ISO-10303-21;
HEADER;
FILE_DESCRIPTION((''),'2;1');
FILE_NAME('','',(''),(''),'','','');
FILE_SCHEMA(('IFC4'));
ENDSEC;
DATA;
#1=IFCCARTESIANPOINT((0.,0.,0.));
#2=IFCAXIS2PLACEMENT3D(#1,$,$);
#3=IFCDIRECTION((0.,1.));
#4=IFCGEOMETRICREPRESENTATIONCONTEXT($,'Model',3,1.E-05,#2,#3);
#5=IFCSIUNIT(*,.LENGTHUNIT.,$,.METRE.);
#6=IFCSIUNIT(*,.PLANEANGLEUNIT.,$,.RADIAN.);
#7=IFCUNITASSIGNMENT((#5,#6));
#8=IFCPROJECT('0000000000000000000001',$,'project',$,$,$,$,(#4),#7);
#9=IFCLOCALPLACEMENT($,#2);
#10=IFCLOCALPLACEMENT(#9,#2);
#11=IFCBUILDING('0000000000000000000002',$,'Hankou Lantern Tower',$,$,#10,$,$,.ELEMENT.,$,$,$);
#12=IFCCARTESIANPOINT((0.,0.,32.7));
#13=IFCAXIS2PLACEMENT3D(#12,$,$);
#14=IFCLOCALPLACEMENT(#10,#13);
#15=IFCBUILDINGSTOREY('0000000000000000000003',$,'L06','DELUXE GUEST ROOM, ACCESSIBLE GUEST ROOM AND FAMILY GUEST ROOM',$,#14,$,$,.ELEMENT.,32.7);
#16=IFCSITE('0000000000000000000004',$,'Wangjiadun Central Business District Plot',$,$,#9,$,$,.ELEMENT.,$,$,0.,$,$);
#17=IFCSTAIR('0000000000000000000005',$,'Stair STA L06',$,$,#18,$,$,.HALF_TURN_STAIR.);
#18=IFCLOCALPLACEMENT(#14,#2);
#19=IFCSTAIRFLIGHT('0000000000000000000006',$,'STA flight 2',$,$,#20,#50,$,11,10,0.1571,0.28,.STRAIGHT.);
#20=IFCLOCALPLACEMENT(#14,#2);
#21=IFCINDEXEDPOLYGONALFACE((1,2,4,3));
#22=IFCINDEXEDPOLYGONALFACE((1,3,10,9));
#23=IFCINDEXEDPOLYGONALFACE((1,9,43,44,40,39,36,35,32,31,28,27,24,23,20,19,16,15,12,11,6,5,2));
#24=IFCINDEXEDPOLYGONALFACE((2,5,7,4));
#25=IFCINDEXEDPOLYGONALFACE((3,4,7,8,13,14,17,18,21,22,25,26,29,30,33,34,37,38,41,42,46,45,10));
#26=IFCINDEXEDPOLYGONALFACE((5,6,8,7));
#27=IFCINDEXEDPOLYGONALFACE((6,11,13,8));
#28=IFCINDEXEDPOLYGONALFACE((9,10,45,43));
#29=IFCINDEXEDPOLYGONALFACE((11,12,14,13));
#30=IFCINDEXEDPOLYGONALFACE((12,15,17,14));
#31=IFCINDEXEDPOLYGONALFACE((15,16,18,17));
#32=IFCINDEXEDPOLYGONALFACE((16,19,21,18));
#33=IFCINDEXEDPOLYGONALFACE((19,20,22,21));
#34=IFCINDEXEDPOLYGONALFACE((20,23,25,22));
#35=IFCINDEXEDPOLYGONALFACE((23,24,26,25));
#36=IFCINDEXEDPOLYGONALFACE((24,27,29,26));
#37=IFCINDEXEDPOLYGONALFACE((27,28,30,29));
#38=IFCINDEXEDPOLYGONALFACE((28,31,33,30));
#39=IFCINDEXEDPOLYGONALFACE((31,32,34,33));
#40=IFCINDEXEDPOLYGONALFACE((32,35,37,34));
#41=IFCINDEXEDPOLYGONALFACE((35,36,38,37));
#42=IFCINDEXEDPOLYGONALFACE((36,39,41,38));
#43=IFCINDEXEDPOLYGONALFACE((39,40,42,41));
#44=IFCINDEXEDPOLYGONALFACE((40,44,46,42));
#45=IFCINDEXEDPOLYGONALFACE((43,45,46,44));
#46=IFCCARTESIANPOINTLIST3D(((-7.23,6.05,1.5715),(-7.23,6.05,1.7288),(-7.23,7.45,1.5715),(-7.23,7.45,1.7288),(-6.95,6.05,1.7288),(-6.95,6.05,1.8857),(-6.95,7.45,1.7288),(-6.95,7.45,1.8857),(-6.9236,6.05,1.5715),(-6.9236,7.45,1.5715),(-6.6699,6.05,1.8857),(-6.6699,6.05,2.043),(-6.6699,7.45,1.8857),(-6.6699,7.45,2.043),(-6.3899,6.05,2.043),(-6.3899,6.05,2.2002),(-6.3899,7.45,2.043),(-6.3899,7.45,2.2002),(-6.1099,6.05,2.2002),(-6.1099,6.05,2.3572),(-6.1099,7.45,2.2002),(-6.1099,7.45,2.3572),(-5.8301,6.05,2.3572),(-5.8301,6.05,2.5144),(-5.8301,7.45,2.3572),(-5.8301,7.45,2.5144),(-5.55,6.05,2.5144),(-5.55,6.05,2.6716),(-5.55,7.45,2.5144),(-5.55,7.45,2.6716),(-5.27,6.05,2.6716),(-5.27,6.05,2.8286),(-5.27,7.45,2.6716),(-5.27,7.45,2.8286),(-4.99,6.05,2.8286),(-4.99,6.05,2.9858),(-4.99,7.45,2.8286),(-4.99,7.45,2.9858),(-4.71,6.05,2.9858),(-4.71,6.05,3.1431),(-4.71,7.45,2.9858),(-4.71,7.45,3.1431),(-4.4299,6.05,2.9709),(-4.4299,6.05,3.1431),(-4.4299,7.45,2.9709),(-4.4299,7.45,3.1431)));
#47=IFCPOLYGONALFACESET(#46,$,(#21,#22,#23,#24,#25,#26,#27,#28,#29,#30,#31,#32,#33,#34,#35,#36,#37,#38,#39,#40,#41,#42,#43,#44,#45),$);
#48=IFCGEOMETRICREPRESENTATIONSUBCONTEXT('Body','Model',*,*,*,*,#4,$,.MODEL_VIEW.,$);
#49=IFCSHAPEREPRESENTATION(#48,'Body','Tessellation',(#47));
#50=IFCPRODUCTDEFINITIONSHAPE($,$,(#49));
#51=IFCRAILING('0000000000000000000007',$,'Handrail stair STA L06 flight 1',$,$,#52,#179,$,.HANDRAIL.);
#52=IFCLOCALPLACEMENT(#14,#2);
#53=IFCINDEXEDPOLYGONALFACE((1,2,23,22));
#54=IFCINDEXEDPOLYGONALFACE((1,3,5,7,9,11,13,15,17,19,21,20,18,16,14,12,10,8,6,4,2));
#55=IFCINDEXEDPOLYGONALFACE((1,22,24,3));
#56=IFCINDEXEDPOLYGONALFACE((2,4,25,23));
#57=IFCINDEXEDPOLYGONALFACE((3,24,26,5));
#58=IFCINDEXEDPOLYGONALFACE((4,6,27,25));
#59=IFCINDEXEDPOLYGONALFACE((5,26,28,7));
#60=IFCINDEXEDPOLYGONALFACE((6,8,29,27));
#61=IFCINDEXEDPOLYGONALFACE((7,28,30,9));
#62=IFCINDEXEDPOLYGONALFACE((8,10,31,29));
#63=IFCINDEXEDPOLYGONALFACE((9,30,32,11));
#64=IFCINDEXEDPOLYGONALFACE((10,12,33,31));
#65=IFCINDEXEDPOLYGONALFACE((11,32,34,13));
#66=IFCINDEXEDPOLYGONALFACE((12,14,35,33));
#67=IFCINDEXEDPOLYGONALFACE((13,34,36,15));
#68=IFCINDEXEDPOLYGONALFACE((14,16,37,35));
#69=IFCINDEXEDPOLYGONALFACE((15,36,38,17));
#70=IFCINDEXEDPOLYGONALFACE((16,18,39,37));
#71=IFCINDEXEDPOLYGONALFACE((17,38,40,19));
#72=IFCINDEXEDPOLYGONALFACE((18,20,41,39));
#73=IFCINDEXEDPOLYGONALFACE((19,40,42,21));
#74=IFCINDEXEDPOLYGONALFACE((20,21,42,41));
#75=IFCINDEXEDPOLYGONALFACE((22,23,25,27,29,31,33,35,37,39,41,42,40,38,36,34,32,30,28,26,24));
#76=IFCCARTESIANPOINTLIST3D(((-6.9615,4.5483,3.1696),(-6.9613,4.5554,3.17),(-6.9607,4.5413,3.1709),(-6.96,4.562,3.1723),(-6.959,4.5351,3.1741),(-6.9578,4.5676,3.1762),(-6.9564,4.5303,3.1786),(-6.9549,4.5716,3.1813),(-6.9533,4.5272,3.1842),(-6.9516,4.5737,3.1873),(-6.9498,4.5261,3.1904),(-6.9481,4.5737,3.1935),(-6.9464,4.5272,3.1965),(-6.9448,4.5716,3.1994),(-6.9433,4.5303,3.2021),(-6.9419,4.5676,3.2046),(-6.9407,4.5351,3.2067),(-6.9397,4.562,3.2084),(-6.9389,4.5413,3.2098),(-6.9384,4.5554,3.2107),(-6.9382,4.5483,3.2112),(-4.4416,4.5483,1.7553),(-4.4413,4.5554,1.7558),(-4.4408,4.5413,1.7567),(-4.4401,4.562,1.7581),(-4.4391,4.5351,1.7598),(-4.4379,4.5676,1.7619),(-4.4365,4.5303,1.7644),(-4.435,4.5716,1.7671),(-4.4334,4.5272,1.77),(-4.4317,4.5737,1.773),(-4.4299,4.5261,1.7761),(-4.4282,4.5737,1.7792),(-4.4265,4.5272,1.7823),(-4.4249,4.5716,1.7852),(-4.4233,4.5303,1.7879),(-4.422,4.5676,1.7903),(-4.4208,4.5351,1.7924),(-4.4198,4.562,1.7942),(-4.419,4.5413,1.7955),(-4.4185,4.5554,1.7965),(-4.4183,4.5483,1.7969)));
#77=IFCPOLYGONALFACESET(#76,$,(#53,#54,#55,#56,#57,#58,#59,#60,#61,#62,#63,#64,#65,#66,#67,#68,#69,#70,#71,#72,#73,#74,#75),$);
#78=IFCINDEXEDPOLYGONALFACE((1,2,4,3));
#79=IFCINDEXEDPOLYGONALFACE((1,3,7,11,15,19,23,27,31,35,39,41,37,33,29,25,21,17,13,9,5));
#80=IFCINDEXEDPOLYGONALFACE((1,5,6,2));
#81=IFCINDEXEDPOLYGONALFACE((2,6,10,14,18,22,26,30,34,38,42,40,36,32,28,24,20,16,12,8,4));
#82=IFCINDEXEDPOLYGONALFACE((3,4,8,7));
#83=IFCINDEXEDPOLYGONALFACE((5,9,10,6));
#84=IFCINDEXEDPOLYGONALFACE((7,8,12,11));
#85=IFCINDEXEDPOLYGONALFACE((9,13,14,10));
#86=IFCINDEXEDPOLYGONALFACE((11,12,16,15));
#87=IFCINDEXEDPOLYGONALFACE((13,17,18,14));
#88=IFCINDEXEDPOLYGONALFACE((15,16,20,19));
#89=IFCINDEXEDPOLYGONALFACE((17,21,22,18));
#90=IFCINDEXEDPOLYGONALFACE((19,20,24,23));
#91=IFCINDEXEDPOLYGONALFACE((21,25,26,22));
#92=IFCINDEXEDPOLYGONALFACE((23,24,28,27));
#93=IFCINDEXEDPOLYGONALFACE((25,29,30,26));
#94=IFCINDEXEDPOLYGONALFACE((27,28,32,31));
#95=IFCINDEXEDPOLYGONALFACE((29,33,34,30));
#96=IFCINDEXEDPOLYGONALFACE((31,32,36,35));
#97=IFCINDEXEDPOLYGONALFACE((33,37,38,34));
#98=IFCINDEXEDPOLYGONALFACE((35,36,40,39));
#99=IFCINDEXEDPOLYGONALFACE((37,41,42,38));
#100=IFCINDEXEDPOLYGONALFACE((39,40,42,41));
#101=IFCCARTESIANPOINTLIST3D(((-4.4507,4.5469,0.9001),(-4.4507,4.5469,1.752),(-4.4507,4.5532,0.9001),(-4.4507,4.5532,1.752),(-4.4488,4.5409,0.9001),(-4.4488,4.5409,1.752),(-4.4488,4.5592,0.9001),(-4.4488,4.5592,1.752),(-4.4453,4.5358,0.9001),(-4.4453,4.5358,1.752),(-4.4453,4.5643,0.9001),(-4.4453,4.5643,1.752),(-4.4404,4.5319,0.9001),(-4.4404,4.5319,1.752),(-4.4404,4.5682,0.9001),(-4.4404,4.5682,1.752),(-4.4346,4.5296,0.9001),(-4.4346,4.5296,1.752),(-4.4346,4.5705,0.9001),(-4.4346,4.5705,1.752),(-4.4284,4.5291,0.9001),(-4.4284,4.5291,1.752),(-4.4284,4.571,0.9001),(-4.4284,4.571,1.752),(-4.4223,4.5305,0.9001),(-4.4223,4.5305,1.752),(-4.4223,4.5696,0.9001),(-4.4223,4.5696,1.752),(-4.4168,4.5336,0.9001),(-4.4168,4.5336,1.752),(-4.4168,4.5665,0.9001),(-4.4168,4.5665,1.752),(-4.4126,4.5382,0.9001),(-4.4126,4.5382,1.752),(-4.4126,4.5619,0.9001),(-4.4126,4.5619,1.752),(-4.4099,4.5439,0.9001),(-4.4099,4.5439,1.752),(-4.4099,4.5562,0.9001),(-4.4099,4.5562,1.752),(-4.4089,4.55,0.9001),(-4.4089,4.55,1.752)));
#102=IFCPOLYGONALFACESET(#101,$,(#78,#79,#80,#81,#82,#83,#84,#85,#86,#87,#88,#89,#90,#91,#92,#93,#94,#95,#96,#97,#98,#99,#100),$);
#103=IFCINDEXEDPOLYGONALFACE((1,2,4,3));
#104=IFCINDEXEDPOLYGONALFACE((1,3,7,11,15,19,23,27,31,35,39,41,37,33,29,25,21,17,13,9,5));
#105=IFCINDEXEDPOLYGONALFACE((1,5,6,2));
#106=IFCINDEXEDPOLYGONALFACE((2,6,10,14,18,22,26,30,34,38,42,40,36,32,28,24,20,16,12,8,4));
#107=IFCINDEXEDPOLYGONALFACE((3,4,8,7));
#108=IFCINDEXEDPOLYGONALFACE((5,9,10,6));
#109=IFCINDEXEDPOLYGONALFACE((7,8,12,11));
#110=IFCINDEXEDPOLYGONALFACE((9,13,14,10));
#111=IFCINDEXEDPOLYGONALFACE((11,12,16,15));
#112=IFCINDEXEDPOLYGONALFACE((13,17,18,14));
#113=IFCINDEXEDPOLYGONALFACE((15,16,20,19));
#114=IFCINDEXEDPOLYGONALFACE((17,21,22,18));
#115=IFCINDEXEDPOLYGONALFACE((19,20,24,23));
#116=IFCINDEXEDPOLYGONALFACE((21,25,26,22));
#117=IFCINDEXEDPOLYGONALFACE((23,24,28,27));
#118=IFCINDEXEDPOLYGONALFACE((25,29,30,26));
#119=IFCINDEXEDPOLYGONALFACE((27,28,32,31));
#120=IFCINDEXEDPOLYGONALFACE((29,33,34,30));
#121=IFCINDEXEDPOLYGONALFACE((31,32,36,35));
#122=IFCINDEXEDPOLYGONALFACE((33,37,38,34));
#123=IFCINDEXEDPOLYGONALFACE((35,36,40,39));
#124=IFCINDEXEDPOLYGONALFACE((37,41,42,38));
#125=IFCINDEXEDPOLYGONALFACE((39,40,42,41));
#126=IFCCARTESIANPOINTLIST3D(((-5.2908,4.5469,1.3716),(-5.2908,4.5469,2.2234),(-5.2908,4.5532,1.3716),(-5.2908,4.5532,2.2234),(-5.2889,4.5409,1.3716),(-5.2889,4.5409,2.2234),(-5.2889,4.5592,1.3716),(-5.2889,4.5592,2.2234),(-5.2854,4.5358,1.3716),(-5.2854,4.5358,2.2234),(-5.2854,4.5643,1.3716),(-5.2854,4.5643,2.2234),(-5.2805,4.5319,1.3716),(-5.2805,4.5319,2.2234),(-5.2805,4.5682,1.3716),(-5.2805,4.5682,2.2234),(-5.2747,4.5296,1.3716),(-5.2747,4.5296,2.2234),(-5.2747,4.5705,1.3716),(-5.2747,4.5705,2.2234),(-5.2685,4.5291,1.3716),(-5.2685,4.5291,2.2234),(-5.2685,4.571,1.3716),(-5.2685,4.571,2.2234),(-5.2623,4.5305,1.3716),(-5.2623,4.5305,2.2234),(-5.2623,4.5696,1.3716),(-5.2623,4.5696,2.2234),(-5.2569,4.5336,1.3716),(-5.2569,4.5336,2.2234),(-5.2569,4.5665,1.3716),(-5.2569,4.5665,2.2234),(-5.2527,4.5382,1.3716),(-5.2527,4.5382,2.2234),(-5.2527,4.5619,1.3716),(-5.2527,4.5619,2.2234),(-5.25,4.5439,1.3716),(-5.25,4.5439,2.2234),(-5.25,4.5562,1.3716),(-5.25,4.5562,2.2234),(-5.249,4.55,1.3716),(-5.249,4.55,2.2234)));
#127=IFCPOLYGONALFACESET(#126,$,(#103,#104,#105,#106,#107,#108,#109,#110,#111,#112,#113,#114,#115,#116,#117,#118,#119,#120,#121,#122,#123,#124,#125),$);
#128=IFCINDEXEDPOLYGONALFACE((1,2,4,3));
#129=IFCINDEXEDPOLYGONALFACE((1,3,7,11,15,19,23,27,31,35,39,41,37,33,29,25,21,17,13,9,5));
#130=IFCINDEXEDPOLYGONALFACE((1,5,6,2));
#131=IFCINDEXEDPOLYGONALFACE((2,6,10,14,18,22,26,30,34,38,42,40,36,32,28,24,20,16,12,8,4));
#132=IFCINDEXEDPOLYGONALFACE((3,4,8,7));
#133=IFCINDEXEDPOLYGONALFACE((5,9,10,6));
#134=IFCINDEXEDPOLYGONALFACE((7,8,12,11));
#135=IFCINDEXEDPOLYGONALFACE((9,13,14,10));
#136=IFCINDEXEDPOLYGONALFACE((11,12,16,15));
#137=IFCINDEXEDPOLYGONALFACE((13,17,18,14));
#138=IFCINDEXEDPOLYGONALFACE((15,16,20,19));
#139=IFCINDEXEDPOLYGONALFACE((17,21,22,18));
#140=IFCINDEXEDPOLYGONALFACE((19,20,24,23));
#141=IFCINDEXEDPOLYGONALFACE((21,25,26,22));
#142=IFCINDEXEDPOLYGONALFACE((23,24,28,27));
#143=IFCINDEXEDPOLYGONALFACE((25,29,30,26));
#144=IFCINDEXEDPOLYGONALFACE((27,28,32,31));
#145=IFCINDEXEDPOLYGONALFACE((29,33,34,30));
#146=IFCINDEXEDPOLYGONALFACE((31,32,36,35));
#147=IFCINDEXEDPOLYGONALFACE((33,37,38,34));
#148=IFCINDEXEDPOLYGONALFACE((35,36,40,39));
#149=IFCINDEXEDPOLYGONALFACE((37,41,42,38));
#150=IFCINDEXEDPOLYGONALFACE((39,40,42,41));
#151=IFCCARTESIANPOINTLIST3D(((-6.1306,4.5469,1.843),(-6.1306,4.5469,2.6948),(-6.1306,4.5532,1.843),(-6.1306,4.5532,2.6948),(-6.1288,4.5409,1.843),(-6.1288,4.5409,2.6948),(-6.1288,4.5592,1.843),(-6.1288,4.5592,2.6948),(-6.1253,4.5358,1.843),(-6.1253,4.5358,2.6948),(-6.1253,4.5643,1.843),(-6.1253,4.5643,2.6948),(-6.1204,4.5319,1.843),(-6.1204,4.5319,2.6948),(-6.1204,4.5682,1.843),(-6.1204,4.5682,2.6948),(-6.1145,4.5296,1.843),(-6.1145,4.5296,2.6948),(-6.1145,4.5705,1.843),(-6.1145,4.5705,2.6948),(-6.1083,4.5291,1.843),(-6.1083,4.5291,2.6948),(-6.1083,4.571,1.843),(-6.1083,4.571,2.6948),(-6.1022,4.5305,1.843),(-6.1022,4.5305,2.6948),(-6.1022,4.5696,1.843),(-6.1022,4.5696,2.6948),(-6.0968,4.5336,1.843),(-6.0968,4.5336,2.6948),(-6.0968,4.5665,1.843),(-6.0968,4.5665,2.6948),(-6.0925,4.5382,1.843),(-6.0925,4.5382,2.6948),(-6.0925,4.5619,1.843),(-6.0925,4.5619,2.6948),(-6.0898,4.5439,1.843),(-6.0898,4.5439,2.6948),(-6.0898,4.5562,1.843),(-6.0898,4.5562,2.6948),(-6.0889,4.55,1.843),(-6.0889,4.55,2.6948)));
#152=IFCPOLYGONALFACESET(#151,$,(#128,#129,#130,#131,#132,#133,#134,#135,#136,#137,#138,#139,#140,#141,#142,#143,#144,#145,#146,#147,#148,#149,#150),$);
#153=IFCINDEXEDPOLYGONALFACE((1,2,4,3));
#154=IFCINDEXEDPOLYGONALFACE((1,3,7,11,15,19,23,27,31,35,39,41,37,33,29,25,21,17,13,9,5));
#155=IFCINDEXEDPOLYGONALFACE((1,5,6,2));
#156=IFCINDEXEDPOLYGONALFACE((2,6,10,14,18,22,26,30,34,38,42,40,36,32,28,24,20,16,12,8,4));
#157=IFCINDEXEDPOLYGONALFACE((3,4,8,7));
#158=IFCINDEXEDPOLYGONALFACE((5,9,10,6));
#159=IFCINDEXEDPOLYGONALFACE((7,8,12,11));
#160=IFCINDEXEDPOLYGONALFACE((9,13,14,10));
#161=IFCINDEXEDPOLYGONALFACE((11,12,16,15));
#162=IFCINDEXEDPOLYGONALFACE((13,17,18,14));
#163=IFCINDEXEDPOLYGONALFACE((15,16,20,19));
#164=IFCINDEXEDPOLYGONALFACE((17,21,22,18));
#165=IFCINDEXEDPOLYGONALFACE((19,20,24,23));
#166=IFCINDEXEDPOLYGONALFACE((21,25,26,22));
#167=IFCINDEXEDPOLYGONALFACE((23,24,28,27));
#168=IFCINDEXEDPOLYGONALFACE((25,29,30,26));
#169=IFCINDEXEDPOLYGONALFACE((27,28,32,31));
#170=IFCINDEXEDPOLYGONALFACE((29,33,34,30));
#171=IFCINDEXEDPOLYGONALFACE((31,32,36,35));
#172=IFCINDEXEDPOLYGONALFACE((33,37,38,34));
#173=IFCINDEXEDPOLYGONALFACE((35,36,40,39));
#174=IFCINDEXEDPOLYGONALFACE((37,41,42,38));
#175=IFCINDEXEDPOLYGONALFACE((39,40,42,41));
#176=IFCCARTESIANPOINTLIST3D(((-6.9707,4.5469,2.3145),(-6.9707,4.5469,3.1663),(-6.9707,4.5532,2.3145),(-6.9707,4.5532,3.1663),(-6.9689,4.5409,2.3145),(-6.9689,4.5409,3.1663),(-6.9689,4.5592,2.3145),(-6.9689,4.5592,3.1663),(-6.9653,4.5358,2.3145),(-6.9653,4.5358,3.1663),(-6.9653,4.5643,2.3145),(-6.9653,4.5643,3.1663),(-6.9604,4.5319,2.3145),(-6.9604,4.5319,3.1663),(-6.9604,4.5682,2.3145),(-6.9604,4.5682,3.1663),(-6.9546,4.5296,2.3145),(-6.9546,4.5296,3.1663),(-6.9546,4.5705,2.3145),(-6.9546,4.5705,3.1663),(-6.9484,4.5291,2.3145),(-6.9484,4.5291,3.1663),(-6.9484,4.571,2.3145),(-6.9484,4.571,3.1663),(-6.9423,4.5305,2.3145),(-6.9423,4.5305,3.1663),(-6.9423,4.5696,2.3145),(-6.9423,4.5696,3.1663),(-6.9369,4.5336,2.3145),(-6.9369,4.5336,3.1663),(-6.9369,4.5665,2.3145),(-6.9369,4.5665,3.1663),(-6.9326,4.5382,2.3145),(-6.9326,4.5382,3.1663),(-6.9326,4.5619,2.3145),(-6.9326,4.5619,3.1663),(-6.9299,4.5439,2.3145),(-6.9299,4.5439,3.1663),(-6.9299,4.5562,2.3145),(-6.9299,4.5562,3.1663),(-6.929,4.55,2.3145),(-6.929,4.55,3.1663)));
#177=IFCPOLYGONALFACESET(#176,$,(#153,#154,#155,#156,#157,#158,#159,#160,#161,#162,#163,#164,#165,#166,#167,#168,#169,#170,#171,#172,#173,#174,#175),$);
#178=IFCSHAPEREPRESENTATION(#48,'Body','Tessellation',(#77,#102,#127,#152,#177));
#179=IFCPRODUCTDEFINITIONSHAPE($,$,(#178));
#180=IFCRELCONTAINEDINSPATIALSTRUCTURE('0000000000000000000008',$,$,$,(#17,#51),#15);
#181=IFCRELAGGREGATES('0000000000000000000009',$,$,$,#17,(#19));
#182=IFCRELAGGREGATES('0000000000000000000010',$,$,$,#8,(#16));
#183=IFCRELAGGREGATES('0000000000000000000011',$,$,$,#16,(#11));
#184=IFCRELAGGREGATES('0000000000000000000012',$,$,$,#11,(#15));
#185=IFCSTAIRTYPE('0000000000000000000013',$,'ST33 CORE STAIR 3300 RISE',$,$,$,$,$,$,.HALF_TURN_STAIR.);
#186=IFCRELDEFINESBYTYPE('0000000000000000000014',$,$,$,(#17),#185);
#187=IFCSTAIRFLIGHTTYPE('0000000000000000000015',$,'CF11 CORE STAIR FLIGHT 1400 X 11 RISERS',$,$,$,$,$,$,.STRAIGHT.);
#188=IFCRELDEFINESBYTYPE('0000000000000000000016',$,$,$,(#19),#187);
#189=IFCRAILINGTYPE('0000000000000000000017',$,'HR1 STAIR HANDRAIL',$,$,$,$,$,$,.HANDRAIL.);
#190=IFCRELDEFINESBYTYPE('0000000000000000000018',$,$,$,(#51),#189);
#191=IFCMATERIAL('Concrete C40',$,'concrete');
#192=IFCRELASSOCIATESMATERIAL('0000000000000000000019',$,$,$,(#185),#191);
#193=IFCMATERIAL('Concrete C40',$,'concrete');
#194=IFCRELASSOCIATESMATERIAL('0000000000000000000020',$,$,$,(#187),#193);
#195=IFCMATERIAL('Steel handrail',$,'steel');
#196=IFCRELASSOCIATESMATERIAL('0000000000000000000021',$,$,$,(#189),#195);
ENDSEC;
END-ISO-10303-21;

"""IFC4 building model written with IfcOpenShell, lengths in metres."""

from ifc_helpers import new_model, si_unit, direction, frame, origin, origin_2d, place, context, subcontext, project, spatial, polyline, circle, outline, extrude, material, type_object, element, aggregate, save


model = new_model("IFC4")

# Units and contexts
model_context = context("Model", 3, precision=1e-05, world=origin(), true_north=direction((0.0, 1.0)))
body_context = subcontext(model_context, "Body", "Model", "MODEL_VIEW")
ifc_project = project(units=[si_unit("LENGTHUNIT", "METRE"), si_unit("PLANEANGLEUNIT", "RADIAN")], contexts=[model_context])

# Site, building, storey
site_placement = place(None, origin())
site = spatial("IfcSite", under=ifc_project, at=site_placement, Name="Wangjiadun Central Business District Plot", CompositionType="ELEMENT", RefElevation=0.0)
building_placement = place(site_placement, origin())
building = spatial("IfcBuilding", under=site, at=building_placement, Name="Hankou Lantern Tower", CompositionType="ELEMENT")
storey_placement = place(building_placement, frame((0.0, 0.0, 32.7)))
storey = spatial("IfcBuildingStorey", under=building, at=storey_placement, Name="L06", Description="DELUXE GUEST ROOM, ACCESSIBLE GUEST ROOM AND FAMILY GUEST ROOM", CompositionType="ELEMENT", Elevation=32.7)

# Stair, stair flight
ifc_material_1 = material(Name="Concrete C40", Category="concrete")
stair_type = type_object("IfcStairType", Name="ST33 CORE STAIR 3300 RISE", PredefinedType="HALF_TURN_STAIR", material=ifc_material_1)
stair_placement = place(storey_placement, origin())
stair = element("IfcStair", 1, at=stair_placement, inside=storey, type_object=stair_type, Name="Stair STA L06", PredefinedType="HALF_TURN_STAIR")
ifc_material_2 = material(Name="Concrete C40", Category="concrete")
stair_flight_type_1 = type_object("IfcStairFlightType", Name="CF11 CORE STAIR FLIGHT 1400 X 11 RISERS", PredefinedType="STRAIGHT", material=ifc_material_2)
stair_flight_1_placement = place(storey_placement, frame((-7.23, 6.75, 1.5715), z_axis=(0.0, 0.0, 1.0), x_axis=(1.0, 0.0, 0.0)))
stair_flight_1 = element("IfcStairFlight", 2, at=stair_flight_1_placement, type_object=stair_flight_type_1, Name="STA flight 2", NumberOfRisers=11, NumberOfTreads=10, PredefinedType="STRAIGHT", RiserHeight=0.1571, TreadLength=0.28, context=body_context, shape_type="SweptSolid", body=[
    extrude(outline(polyline([(0.0, 0.0), (0.0, 0.1572), (0.28, 0.1572), (0.28, 0.3142), (0.5601, 0.3142), (0.5601, 0.4714), (0.8401, 0.4714), (0.8401, 0.6287), (1.1201, 0.6287), (1.1201, 0.7856), (1.3999, 0.7856), (1.3999, 0.9429), (1.6799, 0.9429), (1.6799, 1.1001), (1.96, 1.1001), (1.96, 1.2571), (2.24, 1.2571), (2.24, 1.4143), (2.52, 1.4143), (2.52, 1.5715), (2.8, 1.5715), (2.8, 1.7285), (2.8, 1.3994), (0.3064, 0.0), (0.0, 0.0)])), frame((0.0, 0.7, 0.0), z_axis=(0.0, -1.0, 0.0), x_axis=(1.0, 0.0, 0.0)), (0.0, 0.0, 1.0), 1.3999),
])
aggregate(stair, [stair_flight_1])

# Railing
ifc_material_3 = material(Name="Steel handrail", Category="steel")
railing_type = type_object("IfcRailingType", Name="HR1 STAIR HANDRAIL", PredefinedType="HANDRAIL", material=ifc_material_3)
railing_1_placement = place(storey_placement, frame((-4.4299, 4.55, 0.9001)))
element("IfcRailing", 3, at=railing_1_placement, inside=storey, type_object=railing_type, Name="Handrail stair STA L06 flight 1", PredefinedType="HANDRAIL", context=body_context, shape_type="SweptSolid", body=[
    extrude(circle(Radius=0.0239, at=origin_2d()), frame((0.0, 0.0, 0.876), z_axis=(-0.872049, 0.0, 0.489419), x_axis=(0.0, -1.0, 0.0)), (0.0, 0.0, 1.0), 2.8896),
    extrude(circle(Radius=0.021, at=origin_2d()), origin(), (0.0, 0.0, 1.0), 0.8518),
    extrude(circle(Radius=0.021, at=origin_2d()), frame((-0.8401, 0.0, 0.4714)), (0.0, 0.0, 1.0), 0.8518),
    extrude(circle(Radius=0.021, at=origin_2d()), frame((-1.6799, 0.0, 0.9429)), (0.0, 0.0, 1.0), 0.8518),
    extrude(circle(Radius=0.021, at=origin_2d()), frame((-2.52, 0.0, 1.4143)), (0.0, 0.0, 1.0), 0.8518),
])

save(model, "model.ifc")
